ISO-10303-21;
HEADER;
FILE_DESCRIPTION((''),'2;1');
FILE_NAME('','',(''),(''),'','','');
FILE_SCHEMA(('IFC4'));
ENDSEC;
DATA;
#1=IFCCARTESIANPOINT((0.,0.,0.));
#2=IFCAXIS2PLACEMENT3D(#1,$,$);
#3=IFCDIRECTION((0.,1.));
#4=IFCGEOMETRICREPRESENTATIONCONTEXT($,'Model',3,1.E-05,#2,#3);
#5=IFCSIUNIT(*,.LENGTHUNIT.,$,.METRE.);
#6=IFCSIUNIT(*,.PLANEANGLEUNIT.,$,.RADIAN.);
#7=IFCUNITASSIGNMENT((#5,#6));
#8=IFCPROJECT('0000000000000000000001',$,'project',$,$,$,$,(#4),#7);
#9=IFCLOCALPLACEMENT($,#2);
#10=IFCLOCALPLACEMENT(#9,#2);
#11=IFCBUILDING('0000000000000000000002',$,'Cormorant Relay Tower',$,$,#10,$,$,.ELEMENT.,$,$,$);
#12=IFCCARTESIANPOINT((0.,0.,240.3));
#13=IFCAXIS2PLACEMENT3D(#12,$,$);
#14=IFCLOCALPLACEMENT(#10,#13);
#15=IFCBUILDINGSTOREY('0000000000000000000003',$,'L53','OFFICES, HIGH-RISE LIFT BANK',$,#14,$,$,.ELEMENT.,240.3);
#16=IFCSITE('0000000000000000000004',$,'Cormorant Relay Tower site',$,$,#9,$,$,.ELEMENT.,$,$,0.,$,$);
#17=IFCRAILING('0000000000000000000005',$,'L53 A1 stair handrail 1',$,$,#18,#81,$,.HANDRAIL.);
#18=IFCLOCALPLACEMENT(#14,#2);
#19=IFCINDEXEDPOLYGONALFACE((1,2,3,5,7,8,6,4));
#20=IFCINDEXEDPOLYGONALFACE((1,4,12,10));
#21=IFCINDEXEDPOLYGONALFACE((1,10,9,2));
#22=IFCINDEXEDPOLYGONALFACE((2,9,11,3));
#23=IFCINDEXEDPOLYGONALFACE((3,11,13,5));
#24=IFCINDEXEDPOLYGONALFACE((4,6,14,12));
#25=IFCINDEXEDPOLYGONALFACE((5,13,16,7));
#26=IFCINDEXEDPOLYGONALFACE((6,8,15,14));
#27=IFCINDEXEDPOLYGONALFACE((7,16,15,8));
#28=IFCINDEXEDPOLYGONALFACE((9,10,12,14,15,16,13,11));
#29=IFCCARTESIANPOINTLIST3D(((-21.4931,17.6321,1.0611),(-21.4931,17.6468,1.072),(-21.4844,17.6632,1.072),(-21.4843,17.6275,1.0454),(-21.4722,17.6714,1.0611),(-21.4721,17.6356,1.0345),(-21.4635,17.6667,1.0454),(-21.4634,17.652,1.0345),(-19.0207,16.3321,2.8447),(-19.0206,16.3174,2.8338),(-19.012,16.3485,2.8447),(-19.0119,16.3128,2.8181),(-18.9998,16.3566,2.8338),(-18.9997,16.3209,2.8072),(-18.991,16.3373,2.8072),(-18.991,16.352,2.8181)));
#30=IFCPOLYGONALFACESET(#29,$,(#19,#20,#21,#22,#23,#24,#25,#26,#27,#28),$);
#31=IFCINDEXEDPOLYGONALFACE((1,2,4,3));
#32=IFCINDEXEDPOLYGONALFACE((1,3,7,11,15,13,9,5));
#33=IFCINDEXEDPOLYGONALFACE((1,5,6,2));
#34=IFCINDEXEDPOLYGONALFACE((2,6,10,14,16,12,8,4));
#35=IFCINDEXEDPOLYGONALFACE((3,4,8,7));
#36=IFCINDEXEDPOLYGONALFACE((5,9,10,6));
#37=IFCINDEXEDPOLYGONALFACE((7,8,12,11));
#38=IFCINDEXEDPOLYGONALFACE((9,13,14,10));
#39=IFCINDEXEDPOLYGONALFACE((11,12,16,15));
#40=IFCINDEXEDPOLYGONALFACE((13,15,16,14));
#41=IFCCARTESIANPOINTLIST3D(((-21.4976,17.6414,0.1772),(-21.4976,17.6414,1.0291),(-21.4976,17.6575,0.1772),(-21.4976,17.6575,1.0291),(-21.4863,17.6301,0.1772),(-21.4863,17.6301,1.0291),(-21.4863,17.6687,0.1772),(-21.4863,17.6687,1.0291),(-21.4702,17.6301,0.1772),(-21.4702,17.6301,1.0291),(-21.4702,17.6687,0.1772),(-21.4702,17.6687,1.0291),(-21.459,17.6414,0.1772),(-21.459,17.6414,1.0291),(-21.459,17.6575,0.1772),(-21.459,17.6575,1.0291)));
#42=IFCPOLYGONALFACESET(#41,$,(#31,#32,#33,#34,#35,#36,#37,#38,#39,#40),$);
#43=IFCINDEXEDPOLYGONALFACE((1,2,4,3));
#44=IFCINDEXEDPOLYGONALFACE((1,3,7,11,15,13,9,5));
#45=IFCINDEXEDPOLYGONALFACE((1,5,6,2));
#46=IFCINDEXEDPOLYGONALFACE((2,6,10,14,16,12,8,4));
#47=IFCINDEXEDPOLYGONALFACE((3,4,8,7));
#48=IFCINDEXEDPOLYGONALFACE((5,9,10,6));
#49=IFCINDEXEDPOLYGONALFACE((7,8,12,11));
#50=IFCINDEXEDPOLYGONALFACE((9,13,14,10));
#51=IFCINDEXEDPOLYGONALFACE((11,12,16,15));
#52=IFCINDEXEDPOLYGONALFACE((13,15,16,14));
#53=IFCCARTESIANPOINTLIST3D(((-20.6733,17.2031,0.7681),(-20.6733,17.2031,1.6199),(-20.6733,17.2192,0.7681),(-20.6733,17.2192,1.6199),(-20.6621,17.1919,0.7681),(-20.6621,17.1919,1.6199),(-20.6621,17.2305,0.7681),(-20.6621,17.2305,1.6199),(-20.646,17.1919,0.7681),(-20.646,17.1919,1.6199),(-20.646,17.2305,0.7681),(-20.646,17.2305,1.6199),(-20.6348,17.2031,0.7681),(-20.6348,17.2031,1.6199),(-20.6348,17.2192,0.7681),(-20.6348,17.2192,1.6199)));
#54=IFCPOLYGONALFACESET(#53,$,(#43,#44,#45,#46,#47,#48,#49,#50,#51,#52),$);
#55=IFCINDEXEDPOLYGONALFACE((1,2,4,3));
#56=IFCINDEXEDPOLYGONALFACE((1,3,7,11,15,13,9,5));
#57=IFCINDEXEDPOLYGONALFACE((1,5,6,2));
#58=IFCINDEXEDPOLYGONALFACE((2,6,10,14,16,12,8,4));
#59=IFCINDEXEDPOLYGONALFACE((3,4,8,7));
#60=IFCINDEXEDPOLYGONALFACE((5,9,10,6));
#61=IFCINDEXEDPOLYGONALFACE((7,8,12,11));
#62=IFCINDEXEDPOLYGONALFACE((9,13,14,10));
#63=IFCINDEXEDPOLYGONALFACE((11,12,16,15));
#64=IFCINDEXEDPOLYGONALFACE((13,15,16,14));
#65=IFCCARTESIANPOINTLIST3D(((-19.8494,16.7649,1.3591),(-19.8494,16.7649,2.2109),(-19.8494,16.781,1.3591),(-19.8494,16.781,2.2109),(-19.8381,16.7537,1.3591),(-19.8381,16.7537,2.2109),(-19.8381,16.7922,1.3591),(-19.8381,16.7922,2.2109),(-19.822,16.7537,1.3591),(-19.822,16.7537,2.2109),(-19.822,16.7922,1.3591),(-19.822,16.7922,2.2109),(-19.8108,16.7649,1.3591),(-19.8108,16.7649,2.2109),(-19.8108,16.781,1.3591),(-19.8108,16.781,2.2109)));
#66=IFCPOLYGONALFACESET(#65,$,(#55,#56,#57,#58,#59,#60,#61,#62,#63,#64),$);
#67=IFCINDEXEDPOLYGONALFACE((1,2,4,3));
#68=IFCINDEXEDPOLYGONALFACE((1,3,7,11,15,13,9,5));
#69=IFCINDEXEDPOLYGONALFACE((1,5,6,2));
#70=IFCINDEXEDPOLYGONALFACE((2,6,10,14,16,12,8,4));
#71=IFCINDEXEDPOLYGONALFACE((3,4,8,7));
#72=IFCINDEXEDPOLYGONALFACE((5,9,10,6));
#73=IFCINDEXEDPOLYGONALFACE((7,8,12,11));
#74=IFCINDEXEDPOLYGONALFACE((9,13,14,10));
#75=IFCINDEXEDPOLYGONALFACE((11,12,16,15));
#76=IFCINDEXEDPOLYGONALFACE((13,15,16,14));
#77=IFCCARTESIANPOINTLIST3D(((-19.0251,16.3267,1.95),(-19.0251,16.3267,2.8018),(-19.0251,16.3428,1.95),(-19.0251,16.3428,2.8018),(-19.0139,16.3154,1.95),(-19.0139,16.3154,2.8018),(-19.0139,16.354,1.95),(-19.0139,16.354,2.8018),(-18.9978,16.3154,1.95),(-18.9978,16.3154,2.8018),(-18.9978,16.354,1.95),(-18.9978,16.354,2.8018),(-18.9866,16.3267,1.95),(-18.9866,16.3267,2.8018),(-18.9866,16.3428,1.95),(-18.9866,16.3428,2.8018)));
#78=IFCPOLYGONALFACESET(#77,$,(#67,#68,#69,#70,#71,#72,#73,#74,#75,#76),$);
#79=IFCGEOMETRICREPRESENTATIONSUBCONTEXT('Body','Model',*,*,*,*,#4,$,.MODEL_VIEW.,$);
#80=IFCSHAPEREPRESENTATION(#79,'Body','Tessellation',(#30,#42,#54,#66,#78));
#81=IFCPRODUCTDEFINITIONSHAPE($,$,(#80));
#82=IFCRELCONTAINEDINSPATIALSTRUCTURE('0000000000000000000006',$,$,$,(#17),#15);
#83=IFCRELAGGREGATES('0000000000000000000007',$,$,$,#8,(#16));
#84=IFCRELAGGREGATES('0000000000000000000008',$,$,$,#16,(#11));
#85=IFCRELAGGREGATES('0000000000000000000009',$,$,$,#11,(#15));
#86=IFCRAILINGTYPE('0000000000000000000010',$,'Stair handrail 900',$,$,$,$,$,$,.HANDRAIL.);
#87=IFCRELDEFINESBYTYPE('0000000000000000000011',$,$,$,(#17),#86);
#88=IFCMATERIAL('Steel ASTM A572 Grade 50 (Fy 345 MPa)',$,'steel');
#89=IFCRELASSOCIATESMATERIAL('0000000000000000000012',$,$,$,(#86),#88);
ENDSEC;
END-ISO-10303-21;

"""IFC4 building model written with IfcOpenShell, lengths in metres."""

from ifc_helpers import new_model, si_unit, direction, frame, origin, place, context, subcontext, project, spatial, polyline, outline, extrude, material, type_object, element, save


model = new_model("IFC4")

# Units and contexts
model_context = context("Model", 3, precision=1e-05, world=origin(), true_north=direction((0.0, 1.0)))
body_context = subcontext(model_context, "Body", "Model", "MODEL_VIEW")
ifc_project = project(units=[si_unit("LENGTHUNIT", "METRE"), si_unit("PLANEANGLEUNIT", "RADIAN")], contexts=[model_context])

# Site, building, storey
site_placement = place(None, origin())
site = spatial("IfcSite", under=ifc_project, at=site_placement, Name="Cormorant Relay Tower site", CompositionType="ELEMENT", RefElevation=0.0)
building_placement = place(site_placement, origin())
building = spatial("IfcBuilding", under=site, at=building_placement, Name="Cormorant Relay Tower", CompositionType="ELEMENT")
storey_placement = place(building_placement, frame((0.0, 0.0, 240.3)))
storey = spatial("IfcBuildingStorey", under=building, at=storey_placement, Name="L53", Description="OFFICES, HIGH-RISE LIFT BANK", CompositionType="ELEMENT", Elevation=240.3)

# Railing
ifc_material_1 = material(Name="Steel ASTM A572 Grade 50 (Fy 345 MPa)", Category="steel")
railing_type = type_object("IfcRailingType", Name="Stair handrail 900", PredefinedType="HANDRAIL", material=ifc_material_1)
railing_placement = place(storey_placement, frame((-21.4783, 17.6494, 0.1772)))
element("IfcRailing", 1, at=railing_placement, inside=storey, type_object=railing_type, Name="L53 A1 stair handrail 1", PredefinedType="HANDRAIL", context=body_context, shape_type="SweptSolid", body=[
    extrude(outline(polyline([(0.0222, 0.0093), (0.0093, 0.0222), (-0.0093, 0.0222), (-0.0222, 0.0093), (-0.0222, -0.0093), (-0.0093, -0.0222), (0.0093, -0.0222), (0.0222, -0.0093), (0.0222, 0.0093)])), frame((0.0, 0.0, 0.876), z_axis=(0.746012, -0.39669, 0.534886), x_axis=(0.469497, 0.882934, 0.0)), (0.0, 0.0, 1.0), 3.3142),
    extrude(outline(polyline([(0.0193, 0.0081), (0.0081, 0.0193), (-0.0081, 0.0193), (-0.0193, 0.0081), (-0.0193, -0.0081), (-0.0081, -0.0193), (0.0081, -0.0193), (0.0193, -0.0081), (0.0193, 0.0081)])), origin(), (0.0, 0.0, 1.0), 0.8518),
    extrude(outline(polyline([(0.0193, 0.0081), (0.0081, 0.0193), (-0.0081, 0.0193), (-0.0193, 0.0081), (-0.0193, -0.0081), (-0.0081, -0.0193), (0.0081, -0.0193), (0.0193, -0.0081), (0.0193, 0.0081)])), frame((0.8242, -0.4382, 0.5908)), (0.0, 0.0, 1.0), 0.8518),
    extrude(outline(polyline([(0.0193, 0.0081), (0.0081, 0.0193), (-0.0081, 0.0193), (-0.0193, 0.0081), (-0.0193, -0.0081), (-0.0081, -0.0193), (0.0081, -0.0193), (0.0193, -0.0081), (0.0193, 0.0081)])), frame((1.6482, -0.8765, 1.1819)), (0.0, 0.0, 1.0), 0.8518),
    extrude(outline(polyline([(0.0193, 0.0081), (0.0081, 0.0193), (-0.0081, 0.0193), (-0.0193, 0.0081), (-0.0193, -0.0081), (-0.0081, -0.0193), (0.0081, -0.0193), (0.0193, -0.0081), (0.0193, 0.0081)])), frame((2.4724, -1.3147, 1.7727)), (0.0, 0.0, 1.0), 0.8518),
])

save(model, "model.ifc")
